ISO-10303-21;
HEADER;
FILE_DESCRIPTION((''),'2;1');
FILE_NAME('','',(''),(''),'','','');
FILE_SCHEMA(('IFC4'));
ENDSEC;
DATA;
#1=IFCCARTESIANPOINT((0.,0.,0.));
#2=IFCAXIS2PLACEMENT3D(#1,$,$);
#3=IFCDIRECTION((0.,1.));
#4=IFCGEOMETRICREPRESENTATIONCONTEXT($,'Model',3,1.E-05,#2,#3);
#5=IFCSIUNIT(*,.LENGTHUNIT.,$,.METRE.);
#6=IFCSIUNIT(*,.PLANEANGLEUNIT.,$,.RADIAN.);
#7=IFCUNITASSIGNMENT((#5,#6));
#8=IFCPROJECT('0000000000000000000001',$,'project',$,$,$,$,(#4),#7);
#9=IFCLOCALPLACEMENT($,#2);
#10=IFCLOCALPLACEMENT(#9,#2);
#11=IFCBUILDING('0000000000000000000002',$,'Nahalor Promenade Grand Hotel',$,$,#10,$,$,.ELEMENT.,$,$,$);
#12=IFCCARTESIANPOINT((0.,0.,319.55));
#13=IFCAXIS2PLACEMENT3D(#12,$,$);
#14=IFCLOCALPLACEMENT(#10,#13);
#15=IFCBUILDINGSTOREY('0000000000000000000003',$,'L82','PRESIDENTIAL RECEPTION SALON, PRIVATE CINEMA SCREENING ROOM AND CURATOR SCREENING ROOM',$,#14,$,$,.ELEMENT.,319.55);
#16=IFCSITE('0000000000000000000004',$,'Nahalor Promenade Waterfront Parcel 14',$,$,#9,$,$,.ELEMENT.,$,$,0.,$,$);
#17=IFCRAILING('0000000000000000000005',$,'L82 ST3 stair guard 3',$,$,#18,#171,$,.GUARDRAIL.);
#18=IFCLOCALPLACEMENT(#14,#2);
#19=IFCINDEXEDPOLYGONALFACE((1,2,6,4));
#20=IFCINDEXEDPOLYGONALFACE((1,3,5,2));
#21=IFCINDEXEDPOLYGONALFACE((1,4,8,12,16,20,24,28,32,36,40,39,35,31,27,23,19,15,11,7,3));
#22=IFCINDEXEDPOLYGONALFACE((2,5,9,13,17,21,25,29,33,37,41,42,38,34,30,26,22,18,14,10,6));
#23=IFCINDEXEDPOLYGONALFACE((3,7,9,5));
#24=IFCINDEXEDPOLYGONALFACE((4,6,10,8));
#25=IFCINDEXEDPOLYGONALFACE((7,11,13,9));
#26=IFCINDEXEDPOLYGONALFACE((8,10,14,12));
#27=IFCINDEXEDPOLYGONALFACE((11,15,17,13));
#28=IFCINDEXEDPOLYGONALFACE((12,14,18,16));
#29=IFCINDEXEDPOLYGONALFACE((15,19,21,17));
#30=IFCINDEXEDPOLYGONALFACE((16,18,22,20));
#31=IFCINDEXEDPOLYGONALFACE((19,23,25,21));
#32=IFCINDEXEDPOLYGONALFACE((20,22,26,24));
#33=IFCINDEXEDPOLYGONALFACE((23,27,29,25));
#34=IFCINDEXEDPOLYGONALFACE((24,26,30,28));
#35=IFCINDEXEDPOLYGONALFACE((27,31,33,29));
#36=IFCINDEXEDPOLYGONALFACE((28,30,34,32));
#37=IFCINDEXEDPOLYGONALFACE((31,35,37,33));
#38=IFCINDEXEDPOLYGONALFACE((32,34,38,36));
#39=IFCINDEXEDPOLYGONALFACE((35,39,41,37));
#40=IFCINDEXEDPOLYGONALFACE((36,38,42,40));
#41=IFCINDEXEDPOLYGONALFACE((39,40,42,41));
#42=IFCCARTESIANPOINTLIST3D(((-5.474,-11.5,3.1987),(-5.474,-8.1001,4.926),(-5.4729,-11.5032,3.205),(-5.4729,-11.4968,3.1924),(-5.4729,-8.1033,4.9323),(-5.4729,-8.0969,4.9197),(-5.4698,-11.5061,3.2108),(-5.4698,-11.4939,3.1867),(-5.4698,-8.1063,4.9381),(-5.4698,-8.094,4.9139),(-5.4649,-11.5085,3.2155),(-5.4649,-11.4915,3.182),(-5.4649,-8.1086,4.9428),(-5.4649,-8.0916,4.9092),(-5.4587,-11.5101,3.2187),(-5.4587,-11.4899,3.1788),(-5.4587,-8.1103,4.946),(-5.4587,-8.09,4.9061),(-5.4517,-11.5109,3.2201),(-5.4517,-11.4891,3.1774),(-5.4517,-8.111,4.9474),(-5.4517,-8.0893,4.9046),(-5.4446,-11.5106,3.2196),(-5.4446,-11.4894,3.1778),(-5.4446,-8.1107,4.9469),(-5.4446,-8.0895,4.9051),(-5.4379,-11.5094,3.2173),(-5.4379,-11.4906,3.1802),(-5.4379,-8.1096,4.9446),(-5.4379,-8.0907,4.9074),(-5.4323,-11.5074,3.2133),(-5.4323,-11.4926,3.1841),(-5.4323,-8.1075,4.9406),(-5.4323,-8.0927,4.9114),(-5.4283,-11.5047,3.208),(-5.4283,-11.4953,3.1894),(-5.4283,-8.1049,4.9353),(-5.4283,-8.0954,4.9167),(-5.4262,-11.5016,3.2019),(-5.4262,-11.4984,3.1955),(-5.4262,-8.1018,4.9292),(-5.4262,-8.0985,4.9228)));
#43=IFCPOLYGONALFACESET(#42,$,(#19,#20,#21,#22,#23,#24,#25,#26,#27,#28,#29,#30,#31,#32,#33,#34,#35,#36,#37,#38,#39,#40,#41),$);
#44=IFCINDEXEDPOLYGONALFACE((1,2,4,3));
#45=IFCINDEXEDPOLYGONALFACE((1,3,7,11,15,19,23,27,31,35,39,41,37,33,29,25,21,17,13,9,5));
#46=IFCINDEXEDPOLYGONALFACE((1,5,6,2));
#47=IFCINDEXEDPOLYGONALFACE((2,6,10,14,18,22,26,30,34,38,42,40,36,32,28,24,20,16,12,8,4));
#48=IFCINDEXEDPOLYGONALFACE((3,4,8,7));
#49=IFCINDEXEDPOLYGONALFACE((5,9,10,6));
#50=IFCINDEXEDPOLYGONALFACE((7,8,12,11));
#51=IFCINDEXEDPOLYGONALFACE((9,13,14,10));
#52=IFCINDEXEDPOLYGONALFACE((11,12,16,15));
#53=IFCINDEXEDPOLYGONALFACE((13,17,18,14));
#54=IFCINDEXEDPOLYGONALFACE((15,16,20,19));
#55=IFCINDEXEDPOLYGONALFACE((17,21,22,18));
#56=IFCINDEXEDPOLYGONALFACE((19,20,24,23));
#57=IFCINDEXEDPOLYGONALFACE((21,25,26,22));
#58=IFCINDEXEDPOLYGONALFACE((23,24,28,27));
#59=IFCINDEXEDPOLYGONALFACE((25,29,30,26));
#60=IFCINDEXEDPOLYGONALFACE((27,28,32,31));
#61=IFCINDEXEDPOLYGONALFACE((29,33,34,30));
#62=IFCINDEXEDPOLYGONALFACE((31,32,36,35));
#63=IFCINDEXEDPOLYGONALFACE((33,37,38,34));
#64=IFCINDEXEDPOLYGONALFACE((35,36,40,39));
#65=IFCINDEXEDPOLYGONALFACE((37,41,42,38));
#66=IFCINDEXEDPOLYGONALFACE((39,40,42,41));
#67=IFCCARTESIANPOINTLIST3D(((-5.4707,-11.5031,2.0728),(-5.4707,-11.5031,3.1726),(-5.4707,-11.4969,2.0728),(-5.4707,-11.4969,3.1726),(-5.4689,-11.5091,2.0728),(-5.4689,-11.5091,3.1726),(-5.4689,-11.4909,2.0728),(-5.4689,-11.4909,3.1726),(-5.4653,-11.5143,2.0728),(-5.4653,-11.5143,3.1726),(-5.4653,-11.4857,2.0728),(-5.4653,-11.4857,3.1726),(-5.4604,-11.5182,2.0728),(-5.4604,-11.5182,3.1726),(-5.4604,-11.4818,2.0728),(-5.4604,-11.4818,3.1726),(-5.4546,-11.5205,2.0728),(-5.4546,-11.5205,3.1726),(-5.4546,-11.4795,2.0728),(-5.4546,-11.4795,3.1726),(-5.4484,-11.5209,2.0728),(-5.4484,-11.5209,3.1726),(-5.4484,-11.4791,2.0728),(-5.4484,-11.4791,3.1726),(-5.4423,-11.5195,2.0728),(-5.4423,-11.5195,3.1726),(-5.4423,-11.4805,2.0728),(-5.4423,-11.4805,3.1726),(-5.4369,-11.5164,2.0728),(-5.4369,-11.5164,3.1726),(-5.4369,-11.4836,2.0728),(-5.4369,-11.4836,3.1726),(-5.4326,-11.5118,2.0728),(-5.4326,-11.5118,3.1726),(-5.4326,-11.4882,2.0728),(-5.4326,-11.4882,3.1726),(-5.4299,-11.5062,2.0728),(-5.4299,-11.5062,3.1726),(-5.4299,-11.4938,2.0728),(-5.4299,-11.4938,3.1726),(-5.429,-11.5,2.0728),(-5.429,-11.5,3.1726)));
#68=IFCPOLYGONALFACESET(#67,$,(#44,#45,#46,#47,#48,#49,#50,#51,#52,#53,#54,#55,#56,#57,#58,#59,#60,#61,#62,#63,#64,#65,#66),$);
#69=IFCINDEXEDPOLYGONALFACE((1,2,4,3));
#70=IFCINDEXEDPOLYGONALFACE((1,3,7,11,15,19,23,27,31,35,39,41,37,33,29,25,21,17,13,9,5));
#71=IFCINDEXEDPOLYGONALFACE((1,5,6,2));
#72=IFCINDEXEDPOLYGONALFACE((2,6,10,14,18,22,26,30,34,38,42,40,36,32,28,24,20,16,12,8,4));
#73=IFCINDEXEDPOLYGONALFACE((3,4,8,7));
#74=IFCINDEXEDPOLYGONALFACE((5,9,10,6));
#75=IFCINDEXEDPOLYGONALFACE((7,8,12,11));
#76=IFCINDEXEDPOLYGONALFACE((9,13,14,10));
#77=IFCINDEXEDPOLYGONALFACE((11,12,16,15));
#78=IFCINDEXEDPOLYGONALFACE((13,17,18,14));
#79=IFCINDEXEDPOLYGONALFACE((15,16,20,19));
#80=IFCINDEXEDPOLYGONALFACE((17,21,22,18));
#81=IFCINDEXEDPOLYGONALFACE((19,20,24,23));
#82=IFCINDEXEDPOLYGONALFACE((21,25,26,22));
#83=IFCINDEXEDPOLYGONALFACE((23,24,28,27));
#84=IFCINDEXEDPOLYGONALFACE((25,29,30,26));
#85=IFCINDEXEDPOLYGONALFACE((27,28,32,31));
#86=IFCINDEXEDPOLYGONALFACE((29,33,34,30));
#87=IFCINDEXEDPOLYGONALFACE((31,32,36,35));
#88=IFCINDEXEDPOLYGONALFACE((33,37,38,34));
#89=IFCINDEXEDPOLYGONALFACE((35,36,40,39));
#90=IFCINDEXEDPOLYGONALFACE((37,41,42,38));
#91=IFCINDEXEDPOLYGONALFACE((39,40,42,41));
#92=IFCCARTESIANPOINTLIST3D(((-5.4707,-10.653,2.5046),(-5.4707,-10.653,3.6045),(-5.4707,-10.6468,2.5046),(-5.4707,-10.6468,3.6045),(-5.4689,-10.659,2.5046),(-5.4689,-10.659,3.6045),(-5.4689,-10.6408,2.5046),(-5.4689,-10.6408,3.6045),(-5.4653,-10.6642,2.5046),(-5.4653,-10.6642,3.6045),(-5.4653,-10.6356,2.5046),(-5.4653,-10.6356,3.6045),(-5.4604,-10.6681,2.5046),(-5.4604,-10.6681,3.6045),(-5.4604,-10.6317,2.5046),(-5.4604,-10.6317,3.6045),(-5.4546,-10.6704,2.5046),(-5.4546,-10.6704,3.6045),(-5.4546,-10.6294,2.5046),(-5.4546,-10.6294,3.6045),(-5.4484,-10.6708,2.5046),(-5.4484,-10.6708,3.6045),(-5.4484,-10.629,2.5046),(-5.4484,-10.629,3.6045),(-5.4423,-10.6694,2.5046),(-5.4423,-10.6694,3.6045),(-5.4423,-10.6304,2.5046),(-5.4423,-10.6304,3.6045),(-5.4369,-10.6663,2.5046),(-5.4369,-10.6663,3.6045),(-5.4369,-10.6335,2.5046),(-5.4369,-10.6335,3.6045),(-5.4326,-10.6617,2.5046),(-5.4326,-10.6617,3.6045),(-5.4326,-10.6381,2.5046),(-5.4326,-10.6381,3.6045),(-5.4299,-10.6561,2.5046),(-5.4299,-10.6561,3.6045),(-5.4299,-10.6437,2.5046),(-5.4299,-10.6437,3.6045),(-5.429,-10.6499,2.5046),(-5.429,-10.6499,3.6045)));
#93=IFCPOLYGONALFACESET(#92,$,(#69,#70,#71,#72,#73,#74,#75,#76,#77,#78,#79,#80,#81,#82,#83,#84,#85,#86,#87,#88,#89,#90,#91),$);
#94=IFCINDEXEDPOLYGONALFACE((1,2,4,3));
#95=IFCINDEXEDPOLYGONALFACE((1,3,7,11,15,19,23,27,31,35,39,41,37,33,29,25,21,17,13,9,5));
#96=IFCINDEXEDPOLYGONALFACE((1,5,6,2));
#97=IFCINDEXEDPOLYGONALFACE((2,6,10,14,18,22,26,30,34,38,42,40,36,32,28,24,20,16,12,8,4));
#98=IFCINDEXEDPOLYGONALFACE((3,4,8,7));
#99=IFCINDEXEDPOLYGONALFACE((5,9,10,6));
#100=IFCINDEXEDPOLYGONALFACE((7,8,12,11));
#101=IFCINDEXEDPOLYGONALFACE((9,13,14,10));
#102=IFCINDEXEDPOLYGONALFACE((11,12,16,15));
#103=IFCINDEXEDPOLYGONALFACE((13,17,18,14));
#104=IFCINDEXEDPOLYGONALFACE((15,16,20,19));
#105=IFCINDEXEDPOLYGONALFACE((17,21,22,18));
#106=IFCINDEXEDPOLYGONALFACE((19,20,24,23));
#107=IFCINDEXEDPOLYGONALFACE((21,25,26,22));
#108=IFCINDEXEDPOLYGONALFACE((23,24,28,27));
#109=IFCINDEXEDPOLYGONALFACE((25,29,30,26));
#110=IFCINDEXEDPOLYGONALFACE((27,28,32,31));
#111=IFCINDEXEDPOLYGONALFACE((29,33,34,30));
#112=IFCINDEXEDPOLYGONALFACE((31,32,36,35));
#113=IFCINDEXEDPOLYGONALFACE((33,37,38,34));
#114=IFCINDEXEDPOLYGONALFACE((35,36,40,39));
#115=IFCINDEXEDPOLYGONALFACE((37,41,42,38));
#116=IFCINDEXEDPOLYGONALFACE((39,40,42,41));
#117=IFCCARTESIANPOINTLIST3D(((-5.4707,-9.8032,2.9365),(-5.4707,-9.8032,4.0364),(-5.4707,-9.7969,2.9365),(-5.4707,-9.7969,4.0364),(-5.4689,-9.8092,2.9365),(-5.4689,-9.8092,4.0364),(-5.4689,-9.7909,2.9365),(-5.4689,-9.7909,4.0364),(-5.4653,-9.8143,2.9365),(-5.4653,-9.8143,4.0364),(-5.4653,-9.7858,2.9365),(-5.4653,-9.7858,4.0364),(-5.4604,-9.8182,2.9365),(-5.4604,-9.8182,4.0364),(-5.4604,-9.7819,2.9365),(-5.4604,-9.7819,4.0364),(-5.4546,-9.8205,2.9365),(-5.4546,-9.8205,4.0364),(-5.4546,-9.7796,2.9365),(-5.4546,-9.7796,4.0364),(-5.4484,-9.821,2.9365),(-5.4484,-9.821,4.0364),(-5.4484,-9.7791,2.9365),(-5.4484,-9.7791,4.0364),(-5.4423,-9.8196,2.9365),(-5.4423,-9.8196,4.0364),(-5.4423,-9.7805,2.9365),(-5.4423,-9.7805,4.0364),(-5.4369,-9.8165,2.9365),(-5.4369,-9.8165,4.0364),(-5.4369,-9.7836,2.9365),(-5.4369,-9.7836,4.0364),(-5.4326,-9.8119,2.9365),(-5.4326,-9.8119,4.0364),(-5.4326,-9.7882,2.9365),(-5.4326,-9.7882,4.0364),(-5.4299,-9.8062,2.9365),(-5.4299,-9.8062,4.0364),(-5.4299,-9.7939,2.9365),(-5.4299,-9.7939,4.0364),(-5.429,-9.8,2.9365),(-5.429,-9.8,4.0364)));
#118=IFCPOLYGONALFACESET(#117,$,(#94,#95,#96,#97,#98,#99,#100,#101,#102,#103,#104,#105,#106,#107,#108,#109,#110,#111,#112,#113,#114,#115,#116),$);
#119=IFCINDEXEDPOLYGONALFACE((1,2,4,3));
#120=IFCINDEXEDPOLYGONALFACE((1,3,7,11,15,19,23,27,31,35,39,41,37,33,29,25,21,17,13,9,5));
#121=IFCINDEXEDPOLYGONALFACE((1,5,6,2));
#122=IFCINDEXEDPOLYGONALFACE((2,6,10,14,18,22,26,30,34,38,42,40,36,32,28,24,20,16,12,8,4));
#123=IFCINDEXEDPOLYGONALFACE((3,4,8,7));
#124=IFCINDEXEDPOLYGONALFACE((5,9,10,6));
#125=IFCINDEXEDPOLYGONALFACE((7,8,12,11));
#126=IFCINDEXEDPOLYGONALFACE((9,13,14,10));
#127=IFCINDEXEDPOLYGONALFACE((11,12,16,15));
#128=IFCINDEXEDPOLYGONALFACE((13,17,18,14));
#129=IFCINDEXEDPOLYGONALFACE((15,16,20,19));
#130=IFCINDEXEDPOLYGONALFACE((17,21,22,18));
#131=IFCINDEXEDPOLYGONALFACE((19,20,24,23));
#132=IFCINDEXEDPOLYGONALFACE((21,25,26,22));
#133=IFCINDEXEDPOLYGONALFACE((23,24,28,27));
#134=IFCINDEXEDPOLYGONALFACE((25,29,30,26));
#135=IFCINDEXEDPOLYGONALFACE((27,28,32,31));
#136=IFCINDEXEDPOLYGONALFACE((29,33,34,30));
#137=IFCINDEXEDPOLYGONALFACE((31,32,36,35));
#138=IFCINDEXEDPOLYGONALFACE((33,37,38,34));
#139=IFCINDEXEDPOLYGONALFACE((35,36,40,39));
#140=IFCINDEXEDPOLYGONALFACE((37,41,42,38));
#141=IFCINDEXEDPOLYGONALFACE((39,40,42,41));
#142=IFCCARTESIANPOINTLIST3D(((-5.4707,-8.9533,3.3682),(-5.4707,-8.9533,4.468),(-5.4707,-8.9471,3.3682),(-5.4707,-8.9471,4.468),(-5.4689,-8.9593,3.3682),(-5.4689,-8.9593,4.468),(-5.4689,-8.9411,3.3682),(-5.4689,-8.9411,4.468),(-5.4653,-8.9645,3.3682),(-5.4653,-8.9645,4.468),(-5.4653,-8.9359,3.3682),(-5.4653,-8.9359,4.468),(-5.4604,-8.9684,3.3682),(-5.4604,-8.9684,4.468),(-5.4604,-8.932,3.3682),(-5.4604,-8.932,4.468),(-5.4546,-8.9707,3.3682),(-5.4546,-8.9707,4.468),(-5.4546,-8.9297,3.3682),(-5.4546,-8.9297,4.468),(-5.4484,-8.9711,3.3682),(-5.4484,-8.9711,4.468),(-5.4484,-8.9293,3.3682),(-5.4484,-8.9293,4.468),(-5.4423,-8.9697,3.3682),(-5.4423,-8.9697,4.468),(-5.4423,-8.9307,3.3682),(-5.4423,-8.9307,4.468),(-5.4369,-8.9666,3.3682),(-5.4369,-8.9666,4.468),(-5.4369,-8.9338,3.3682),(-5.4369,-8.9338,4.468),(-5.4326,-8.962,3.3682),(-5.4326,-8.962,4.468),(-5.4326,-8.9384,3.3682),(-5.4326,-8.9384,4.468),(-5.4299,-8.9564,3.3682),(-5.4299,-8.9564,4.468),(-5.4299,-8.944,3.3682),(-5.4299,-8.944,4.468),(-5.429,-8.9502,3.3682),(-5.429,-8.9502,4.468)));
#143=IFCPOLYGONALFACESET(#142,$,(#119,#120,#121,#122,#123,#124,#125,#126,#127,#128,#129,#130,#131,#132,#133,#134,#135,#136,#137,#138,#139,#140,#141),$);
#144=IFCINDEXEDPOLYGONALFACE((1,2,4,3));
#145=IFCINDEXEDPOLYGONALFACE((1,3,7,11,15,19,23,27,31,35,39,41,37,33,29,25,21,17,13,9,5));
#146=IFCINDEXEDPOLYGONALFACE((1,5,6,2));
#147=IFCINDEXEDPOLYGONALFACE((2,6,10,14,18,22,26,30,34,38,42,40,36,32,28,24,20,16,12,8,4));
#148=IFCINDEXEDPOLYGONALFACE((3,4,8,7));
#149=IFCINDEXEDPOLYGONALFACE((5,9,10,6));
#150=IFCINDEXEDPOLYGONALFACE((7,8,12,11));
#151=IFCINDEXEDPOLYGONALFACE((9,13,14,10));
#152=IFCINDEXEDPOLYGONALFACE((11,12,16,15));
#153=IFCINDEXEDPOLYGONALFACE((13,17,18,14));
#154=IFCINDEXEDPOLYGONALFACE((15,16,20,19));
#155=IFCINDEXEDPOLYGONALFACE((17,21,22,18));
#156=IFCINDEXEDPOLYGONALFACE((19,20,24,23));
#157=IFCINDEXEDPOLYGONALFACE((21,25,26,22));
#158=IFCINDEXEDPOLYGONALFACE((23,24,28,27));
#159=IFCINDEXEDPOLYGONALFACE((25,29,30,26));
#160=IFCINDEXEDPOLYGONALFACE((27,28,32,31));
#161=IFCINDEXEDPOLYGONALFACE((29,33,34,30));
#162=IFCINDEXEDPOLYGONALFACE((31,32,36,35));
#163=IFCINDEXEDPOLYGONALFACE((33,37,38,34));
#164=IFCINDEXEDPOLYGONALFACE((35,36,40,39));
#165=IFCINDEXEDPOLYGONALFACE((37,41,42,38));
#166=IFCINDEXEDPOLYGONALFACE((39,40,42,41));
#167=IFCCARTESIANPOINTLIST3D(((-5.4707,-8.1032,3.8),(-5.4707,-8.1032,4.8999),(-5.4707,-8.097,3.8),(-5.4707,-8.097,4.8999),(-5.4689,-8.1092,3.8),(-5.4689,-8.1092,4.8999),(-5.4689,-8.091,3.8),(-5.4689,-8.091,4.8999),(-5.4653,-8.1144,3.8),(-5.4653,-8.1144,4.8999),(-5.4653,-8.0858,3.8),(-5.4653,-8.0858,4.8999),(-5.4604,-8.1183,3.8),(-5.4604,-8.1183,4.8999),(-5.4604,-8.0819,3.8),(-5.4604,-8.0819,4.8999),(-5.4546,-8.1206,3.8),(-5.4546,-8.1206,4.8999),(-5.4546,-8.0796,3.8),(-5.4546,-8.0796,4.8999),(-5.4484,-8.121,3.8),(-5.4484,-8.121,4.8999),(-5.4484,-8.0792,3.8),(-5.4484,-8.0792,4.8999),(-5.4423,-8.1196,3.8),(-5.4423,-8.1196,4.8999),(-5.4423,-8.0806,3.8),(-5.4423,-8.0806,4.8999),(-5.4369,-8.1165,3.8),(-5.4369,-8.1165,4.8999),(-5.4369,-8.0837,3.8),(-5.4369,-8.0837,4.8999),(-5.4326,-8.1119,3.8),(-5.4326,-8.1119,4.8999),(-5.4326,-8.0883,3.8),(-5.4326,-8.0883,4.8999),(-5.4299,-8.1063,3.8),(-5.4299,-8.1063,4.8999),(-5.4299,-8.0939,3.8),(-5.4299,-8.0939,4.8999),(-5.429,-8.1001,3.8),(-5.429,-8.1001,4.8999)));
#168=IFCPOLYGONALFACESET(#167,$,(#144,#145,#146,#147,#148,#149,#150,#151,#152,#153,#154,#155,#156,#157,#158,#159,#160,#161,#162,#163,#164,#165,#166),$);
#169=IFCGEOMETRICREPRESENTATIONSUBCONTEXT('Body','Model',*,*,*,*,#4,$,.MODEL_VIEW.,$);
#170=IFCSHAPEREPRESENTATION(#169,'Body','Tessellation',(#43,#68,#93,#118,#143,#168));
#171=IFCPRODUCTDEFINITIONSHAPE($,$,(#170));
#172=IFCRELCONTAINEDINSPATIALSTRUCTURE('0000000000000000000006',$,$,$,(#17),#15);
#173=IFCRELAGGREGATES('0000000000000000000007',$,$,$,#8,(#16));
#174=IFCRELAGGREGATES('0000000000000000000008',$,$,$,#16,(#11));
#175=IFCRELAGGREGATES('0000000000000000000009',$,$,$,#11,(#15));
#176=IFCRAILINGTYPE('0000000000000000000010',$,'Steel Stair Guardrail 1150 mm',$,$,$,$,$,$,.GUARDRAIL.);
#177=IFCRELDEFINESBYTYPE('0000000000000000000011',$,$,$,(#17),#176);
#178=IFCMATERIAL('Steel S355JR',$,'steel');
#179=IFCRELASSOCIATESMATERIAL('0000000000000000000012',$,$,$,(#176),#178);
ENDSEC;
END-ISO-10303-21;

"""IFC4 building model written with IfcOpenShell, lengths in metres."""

from ifc_helpers import new_model, si_unit, direction, frame, origin, origin_2d, place, context, subcontext, project, spatial, circle, extrude, material, type_object, element, save


model = new_model("IFC4")

# Units and contexts
model_context = context("Model", 3, precision=1e-05, world=origin(), true_north=direction((0.0, 1.0)))
body_context = subcontext(model_context, "Body", "Model", "MODEL_VIEW")
ifc_project = project(units=[si_unit("LENGTHUNIT", "METRE"), si_unit("PLANEANGLEUNIT", "RADIAN")], contexts=[model_context])

# Site, building, storey
site_placement = place(None, origin())
site = spatial("IfcSite", under=ifc_project, at=site_placement, Name="Nahalor Promenade Waterfront Parcel 14", CompositionType="ELEMENT", RefElevation=0.0)
building_placement = place(site_placement, origin())
building = spatial("IfcBuilding", under=site, at=building_placement, Name="Nahalor Promenade Grand Hotel", CompositionType="ELEMENT")
storey_placement = place(building_placement, frame((0.0, 0.0, 319.55)))
storey = spatial("IfcBuildingStorey", under=building, at=storey_placement, Name="L82", Description="PRESIDENTIAL RECEPTION SALON, PRIVATE CINEMA SCREENING ROOM AND CURATOR SCREENING ROOM", CompositionType="ELEMENT", Elevation=319.55)

# Shared definitions
ifc_material_1 = material(Name="Steel S355JR", Category="steel")

# Railing
railing_type_1 = type_object("IfcRailingType", Name="Steel Stair Guardrail 1150 mm", PredefinedType="GUARDRAIL", material=ifc_material_1)
railing_1_placement = place(storey_placement, frame((-5.45, -11.5, 2.0728)))
element("IfcRailing", 1, at=railing_1_placement, inside=storey, type_object=railing_type_1, Name="L82 ST3 stair guard 3", PredefinedType="GUARDRAIL", context=body_context, shape_type="SweptSolid", body=[
    extrude(circle(Radius=0.024, at=origin_2d()), frame((0.0, 0.0, 1.126), z_axis=(0.0, 0.891541, 0.452941), x_axis=(-1.0, 0.0, 0.0)), (0.0, 0.0, 1.0), 3.8135),
    extrude(circle(Radius=0.021, at=origin_2d()), origin(), (0.0, 0.0, 1.0), 1.0999),
    extrude(circle(Radius=0.021, at=origin_2d()), frame((0.0, 0.8501, 0.4319)), (0.0, 0.0, 1.0), 1.0999),
    extrude(circle(Radius=0.021, at=origin_2d()), frame((0.0, 1.7, 0.8638)), (0.0, 0.0, 1.0), 1.0999),
    extrude(circle(Radius=0.021, at=origin_2d()), frame((0.0, 2.5498, 1.2954)), (0.0, 0.0, 1.0), 1.0999),
    extrude(circle(Radius=0.021, at=origin_2d()), frame((0.0, 3.3999, 1.7273)), (0.0, 0.0, 1.0), 1.0999),
])

save(model, "model.ifc")
